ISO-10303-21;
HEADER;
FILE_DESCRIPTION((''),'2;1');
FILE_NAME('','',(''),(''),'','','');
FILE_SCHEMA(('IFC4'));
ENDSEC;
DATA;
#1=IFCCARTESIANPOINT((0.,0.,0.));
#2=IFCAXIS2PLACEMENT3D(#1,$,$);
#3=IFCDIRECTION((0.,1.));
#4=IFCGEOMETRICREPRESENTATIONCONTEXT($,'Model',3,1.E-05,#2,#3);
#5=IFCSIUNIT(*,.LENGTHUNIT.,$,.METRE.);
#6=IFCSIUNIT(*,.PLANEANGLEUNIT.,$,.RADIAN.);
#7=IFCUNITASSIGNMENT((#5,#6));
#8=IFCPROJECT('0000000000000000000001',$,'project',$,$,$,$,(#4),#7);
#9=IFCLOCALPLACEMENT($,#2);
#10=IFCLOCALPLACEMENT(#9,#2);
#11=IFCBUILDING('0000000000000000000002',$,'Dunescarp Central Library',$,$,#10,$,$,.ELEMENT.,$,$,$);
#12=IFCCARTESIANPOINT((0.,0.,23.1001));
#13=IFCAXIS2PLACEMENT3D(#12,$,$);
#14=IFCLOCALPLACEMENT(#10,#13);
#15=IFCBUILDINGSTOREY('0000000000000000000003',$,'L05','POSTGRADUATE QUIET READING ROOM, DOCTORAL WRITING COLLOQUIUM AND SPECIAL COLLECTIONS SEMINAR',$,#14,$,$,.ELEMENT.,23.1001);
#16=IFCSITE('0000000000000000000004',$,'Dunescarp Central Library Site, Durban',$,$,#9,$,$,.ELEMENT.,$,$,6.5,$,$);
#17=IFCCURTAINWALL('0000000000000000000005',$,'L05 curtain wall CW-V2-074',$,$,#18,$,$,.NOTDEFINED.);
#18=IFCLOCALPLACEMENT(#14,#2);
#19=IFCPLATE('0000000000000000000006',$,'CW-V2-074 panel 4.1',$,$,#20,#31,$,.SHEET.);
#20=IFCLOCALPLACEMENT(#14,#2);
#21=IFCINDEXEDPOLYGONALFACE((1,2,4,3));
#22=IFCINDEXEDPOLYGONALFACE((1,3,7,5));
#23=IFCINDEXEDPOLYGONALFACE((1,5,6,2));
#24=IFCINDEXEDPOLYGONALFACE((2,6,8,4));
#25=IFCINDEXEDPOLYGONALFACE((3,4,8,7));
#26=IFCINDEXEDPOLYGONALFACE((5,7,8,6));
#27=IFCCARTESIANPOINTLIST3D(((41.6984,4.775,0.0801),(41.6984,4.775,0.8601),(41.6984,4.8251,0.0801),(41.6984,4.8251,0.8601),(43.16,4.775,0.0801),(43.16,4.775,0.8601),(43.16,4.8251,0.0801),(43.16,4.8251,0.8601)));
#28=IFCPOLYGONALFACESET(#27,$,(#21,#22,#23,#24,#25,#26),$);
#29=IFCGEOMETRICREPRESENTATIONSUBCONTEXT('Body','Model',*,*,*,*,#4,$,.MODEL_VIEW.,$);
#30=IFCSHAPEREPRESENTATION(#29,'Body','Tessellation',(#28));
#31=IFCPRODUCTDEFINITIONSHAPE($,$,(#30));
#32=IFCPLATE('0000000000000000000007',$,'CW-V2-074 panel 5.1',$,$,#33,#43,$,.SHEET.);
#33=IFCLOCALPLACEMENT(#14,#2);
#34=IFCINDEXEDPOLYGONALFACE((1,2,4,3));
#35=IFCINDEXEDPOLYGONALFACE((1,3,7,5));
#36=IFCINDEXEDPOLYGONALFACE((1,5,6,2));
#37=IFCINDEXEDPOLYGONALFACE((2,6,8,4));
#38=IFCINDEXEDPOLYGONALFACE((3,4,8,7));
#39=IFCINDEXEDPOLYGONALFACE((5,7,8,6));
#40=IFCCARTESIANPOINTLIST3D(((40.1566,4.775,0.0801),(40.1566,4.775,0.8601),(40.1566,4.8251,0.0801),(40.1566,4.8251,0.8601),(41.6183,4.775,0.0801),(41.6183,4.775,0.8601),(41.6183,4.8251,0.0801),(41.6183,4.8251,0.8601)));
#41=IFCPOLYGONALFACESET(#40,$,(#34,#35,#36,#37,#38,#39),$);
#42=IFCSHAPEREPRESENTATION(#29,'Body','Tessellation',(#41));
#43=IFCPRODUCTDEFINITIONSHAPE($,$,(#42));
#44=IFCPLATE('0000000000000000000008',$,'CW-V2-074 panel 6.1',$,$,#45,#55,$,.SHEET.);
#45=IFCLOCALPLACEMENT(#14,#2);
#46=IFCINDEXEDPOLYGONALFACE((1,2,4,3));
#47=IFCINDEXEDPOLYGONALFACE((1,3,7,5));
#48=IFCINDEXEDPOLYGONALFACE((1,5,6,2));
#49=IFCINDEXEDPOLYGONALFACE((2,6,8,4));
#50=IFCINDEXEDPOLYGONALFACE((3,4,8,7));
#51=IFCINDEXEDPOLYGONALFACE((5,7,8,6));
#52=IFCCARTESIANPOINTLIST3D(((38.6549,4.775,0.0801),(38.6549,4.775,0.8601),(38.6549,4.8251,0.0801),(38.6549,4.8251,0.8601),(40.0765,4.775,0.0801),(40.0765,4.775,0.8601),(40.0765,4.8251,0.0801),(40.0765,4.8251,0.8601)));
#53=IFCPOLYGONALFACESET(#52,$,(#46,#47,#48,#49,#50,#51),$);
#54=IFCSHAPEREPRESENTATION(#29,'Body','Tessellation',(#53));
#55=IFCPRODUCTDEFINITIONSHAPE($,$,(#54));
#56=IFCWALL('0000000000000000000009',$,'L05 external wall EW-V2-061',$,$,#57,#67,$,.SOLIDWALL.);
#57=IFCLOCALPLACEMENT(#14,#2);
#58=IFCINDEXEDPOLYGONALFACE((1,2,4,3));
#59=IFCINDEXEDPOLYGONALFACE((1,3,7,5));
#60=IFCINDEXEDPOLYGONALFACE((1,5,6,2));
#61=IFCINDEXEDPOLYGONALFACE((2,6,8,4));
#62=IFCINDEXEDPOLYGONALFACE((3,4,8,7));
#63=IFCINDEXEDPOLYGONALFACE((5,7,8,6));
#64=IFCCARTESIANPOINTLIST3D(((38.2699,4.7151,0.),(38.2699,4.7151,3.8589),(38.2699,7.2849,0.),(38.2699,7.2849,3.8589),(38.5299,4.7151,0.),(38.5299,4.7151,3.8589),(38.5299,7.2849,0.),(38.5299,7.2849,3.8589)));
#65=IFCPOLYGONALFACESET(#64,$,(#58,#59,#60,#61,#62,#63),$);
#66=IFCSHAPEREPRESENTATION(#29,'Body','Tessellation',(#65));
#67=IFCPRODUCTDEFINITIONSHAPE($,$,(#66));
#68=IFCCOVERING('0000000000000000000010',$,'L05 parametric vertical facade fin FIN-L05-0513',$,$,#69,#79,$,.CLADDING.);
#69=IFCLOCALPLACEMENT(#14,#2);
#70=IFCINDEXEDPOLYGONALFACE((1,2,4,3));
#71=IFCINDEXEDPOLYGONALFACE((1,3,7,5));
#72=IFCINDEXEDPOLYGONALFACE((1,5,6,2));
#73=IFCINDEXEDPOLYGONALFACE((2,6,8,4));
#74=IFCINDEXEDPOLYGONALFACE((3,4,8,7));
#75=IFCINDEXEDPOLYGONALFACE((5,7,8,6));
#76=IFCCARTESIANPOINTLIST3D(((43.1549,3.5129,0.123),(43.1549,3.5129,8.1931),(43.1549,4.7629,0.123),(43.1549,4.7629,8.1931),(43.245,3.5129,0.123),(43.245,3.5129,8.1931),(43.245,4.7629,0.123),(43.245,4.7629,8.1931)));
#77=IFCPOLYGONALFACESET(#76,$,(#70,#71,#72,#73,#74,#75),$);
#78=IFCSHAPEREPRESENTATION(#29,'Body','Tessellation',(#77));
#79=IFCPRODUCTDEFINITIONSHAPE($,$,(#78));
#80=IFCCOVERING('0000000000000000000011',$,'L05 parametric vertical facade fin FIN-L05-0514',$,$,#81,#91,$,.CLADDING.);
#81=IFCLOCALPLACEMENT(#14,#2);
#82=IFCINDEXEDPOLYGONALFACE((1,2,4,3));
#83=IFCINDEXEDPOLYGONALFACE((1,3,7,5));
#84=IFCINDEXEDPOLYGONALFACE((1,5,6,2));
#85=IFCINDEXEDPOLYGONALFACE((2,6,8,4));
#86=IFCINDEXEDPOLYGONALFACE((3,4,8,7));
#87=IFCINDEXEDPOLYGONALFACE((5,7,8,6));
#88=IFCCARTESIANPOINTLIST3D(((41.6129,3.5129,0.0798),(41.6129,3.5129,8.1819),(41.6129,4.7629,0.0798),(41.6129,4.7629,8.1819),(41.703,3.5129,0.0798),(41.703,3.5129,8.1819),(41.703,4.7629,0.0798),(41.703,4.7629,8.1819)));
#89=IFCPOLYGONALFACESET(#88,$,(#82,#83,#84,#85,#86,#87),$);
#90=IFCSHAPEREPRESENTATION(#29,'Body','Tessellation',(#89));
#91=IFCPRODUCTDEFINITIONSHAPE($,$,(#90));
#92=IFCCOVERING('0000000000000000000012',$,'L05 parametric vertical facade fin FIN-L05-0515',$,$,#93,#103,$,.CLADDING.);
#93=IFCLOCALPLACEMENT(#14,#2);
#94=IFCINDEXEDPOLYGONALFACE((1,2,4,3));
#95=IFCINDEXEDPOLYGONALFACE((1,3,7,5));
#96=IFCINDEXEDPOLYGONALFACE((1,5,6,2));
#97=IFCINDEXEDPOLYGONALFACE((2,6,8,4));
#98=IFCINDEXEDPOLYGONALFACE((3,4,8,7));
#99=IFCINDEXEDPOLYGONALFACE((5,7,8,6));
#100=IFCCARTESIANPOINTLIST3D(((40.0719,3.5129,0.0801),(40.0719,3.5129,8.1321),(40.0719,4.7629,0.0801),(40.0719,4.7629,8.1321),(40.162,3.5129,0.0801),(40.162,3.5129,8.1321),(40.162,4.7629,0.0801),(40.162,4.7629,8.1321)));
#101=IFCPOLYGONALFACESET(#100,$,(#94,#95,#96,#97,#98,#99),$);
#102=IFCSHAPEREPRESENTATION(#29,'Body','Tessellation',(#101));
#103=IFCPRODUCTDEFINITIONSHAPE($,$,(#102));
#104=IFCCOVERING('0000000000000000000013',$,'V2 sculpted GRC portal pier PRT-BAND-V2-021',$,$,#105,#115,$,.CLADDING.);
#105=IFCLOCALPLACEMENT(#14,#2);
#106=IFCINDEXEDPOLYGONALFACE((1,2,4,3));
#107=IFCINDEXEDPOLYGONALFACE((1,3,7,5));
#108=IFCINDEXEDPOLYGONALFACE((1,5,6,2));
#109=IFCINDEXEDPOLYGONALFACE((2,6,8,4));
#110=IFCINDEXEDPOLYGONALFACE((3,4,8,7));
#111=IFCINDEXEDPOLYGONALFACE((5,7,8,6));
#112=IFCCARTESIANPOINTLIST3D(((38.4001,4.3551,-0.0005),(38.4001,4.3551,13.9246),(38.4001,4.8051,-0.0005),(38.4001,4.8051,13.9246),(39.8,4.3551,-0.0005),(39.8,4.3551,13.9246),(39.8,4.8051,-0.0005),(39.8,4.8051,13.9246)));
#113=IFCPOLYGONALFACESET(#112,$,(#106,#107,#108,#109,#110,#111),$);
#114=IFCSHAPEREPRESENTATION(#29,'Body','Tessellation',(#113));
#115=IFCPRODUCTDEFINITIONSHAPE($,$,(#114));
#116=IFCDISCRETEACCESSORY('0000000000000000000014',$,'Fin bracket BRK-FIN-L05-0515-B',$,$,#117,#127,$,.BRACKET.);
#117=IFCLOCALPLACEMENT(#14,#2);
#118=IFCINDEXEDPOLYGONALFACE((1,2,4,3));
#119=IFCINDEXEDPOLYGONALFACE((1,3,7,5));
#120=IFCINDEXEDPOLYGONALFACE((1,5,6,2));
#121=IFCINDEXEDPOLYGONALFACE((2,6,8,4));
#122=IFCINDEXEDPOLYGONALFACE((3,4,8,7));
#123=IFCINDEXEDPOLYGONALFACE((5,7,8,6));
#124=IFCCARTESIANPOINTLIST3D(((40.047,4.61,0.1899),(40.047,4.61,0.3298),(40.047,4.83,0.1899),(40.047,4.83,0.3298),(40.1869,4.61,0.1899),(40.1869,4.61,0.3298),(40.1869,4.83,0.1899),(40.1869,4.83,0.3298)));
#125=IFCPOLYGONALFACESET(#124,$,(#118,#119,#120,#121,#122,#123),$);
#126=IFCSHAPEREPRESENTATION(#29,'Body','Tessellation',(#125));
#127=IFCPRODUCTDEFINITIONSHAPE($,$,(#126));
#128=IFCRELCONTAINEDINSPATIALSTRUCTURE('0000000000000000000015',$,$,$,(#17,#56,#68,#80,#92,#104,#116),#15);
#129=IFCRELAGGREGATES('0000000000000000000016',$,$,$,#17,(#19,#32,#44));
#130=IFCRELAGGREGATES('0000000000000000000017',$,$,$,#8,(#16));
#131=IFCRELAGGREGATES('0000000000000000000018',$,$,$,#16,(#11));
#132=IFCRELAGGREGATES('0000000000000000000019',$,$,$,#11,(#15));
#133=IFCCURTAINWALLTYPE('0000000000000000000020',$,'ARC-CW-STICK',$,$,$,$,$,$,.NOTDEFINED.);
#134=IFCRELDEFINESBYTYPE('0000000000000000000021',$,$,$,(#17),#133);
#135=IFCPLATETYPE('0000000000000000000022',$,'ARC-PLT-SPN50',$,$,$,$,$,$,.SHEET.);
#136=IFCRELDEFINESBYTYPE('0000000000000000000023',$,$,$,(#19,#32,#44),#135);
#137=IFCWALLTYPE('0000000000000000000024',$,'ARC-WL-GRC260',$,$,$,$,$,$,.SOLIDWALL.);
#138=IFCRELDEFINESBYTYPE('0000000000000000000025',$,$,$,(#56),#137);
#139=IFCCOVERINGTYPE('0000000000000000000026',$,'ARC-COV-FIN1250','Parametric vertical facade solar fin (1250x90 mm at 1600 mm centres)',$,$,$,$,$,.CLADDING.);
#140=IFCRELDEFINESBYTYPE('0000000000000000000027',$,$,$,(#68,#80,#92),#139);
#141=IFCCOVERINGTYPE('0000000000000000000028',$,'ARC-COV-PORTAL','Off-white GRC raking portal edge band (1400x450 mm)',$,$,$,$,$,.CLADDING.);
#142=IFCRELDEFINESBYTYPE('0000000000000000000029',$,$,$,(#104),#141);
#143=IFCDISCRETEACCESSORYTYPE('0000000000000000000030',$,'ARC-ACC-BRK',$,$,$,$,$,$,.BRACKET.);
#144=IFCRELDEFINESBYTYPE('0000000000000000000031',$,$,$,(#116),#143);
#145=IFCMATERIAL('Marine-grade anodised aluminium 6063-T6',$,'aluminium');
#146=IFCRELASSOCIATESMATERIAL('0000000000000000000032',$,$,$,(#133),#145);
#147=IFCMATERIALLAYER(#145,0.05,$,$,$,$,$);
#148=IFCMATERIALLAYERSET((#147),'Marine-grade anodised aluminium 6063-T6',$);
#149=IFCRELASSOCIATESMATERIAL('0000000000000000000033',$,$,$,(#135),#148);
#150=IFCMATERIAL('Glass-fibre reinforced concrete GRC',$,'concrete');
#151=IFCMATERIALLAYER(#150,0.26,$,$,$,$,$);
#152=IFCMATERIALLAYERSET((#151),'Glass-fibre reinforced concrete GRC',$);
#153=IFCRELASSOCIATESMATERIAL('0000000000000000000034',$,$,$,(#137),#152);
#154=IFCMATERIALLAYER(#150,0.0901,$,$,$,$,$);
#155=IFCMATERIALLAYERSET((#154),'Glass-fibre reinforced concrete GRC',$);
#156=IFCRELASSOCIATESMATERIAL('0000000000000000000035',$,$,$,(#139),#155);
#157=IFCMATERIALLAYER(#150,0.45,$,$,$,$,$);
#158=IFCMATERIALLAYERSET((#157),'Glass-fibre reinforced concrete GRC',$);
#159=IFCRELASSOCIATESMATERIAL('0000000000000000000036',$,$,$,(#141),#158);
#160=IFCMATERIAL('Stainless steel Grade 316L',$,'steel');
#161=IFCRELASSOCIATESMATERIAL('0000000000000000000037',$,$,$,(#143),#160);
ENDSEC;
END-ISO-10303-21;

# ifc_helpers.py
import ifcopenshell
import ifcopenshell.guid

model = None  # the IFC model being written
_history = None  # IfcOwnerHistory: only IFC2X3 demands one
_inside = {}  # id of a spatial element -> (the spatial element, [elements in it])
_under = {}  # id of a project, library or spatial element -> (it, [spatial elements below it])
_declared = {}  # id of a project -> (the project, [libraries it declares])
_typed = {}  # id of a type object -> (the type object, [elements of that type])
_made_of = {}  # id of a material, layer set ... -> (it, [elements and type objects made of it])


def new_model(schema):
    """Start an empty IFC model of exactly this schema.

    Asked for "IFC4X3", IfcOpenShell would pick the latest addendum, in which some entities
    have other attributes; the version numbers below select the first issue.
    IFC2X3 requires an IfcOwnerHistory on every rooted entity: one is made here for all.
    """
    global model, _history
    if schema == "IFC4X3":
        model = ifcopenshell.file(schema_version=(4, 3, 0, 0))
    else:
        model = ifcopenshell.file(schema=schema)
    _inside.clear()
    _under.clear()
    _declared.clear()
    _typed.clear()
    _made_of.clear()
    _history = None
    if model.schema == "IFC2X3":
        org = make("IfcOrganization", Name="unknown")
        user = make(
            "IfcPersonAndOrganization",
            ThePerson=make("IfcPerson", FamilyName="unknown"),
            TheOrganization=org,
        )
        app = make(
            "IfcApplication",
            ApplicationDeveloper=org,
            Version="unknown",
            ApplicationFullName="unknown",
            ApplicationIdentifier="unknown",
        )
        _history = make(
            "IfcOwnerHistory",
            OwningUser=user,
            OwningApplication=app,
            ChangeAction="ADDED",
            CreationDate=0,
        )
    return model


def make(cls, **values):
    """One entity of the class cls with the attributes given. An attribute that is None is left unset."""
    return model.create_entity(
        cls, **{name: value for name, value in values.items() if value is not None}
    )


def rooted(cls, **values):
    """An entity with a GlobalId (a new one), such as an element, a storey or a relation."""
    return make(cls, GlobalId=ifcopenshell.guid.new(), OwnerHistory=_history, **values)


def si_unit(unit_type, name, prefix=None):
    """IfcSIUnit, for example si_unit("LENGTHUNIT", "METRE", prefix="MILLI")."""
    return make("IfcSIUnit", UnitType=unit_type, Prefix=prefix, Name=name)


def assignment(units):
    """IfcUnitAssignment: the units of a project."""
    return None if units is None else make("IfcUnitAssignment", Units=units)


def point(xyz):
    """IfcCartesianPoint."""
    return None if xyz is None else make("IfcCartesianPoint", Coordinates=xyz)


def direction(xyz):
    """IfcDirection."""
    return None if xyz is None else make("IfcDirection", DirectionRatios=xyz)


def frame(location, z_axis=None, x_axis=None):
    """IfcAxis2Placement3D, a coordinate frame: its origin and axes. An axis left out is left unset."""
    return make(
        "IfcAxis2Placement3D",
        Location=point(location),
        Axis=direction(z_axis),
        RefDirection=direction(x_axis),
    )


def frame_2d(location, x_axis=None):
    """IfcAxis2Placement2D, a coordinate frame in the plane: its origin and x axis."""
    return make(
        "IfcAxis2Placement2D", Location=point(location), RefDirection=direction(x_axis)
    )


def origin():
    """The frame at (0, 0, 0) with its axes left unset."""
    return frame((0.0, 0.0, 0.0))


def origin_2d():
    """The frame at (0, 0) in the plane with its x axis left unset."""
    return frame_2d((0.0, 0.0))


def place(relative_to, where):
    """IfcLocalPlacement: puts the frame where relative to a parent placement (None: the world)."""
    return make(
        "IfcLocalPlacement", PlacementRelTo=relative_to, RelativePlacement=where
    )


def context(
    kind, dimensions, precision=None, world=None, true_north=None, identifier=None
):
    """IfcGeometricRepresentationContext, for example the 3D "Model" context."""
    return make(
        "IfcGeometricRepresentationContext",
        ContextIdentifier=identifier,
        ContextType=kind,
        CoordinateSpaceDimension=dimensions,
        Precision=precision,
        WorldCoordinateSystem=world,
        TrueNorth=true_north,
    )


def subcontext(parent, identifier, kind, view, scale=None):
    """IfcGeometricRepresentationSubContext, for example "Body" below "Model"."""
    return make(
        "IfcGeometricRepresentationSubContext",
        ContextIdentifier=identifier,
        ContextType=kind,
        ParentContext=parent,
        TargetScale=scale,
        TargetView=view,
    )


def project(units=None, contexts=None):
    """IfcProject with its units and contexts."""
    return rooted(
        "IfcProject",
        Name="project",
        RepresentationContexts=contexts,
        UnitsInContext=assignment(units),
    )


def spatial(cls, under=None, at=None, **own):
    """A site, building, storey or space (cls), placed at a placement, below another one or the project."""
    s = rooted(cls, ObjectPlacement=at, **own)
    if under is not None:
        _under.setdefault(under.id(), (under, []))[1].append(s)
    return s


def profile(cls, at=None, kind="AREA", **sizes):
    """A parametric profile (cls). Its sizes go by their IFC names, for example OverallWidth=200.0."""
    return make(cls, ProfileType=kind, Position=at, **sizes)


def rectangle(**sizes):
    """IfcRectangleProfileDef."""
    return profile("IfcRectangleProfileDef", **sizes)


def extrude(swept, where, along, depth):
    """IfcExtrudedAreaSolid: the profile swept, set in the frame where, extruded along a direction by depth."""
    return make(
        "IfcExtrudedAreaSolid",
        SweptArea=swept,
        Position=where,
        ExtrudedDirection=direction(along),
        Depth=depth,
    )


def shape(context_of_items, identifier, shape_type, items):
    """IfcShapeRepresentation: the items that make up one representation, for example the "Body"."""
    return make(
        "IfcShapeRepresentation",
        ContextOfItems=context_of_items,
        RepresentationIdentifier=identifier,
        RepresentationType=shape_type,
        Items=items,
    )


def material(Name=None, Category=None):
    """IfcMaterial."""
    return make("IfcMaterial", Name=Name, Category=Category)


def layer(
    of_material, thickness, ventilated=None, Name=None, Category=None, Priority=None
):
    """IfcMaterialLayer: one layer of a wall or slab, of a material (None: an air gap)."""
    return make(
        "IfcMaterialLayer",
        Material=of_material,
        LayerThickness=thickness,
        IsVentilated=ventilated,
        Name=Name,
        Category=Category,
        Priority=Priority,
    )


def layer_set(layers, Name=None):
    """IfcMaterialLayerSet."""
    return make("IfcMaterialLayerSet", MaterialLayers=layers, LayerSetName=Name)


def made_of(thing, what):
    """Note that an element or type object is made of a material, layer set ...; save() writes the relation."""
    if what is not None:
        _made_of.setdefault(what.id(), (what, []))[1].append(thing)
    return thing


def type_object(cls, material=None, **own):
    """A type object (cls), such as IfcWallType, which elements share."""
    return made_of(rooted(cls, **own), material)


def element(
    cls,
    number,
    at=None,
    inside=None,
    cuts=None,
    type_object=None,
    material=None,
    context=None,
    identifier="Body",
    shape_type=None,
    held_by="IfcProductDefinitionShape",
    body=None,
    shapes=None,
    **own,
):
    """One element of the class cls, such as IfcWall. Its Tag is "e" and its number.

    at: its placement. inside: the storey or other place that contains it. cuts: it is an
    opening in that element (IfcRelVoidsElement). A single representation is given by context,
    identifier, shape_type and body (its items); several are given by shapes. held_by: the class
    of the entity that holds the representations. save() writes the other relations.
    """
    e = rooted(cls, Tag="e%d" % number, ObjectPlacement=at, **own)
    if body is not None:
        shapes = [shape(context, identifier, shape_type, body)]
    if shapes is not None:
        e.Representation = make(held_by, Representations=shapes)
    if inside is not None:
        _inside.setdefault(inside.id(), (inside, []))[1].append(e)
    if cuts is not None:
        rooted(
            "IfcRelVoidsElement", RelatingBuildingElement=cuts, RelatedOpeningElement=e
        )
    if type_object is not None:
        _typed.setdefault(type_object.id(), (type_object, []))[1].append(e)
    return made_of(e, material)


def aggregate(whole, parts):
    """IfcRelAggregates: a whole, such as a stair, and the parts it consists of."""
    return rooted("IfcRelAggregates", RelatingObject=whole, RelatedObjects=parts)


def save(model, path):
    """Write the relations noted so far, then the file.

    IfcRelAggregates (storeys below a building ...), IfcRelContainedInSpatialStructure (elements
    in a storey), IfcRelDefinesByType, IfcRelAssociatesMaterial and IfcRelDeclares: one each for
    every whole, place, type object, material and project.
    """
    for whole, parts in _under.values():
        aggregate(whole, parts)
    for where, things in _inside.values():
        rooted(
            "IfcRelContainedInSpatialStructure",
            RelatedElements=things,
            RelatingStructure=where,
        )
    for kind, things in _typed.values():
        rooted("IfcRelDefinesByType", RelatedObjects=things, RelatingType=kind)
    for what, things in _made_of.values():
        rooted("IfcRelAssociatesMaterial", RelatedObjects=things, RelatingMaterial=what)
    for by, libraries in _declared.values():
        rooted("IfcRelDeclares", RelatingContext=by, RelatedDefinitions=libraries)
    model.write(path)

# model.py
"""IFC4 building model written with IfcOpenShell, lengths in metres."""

from ifc_helpers import new_model, si_unit, direction, frame, frame_2d, origin, origin_2d, place, context, subcontext, project, spatial, rectangle, extrude, material, layer, layer_set, type_object, element, aggregate, save


model = new_model("IFC4")

# Units and contexts
model_context = context("Model", 3, precision=1e-05, world=origin(), true_north=direction((0.0, 1.0)))
body_context = subcontext(model_context, "Body", "Model", "MODEL_VIEW")
ifc_project = project(units=[si_unit("LENGTHUNIT", "METRE"), si_unit("PLANEANGLEUNIT", "RADIAN")], contexts=[model_context])

# Site, building, storey
site_placement = place(None, origin())
site = spatial("IfcSite", under=ifc_project, at=site_placement, Name="Dunescarp Central Library Site, Durban", CompositionType="ELEMENT", RefElevation=6.5)
building_placement = place(site_placement, origin())
building = spatial("IfcBuilding", under=site, at=building_placement, Name="Dunescarp Central Library", CompositionType="ELEMENT")
storey_placement = place(building_placement, frame((0.0, 0.0, 23.1001)))
storey = spatial("IfcBuildingStorey", under=building, at=storey_placement, Name="L05", Description="POSTGRADUATE QUIET READING ROOM, DOCTORAL WRITING COLLOQUIUM AND SPECIAL COLLECTIONS SEMINAR", CompositionType="ELEMENT", Elevation=23.1001)

# Curtain wall
ifc_material_1 = material(Name="Marine-grade anodised aluminium 6063-T6", Category="aluminium")
curtain_wall_type = type_object("IfcCurtainWallType", Name="ARC-CW-STICK", PredefinedType="NOTDEFINED", material=ifc_material_1)
curtain_wall_placement = place(storey_placement, origin())
curtain_wall = element("IfcCurtainWall", 1, at=curtain_wall_placement, inside=storey, type_object=curtain_wall_type, Name="L05 curtain wall CW-V2-074", PredefinedType="NOTDEFINED")

# Plates
ifc_layer_1 = layer(ifc_material_1, 0.05)
ifc_layer_set_1 = layer_set([ifc_layer_1], Name="Marine-grade anodised aluminium 6063-T6")
plate_type = type_object("IfcPlateType", Name="ARC-PLT-SPN50", PredefinedType="SHEET", material=ifc_layer_set_1)
plate_1_placement = place(storey_placement, frame((42.4292, 4.8, 0.0801), z_axis=(0.0, 0.0, 1.0), x_axis=(-1.0, 0.0, 0.0)))
plate_1 = element("IfcPlate", 2, at=plate_1_placement, type_object=plate_type, Name="CW-V2-074 panel 4.1", PredefinedType="SHEET", context=body_context, shape_type="SweptSolid", body=[
    extrude(rectangle(XDim=1.4617, YDim=0.05, at=origin_2d()), origin(), (0.0, 0.0, 1.0), 0.78),
])
plate_2_placement = place(storey_placement, frame((40.8875, 4.8, 0.0801), z_axis=(0.0, 0.0, 1.0), x_axis=(-1.0, 0.0, 0.0)))
plate_2 = element("IfcPlate", 3, at=plate_2_placement, type_object=plate_type, Name="CW-V2-074 panel 5.1", PredefinedType="SHEET", context=body_context, shape_type="SweptSolid", body=[
    extrude(rectangle(XDim=1.4617, YDim=0.05, at=origin_2d()), origin(), (0.0, 0.0, 1.0), 0.78),
])
plate_3_placement = place(storey_placement, frame((39.3657, 4.8, 0.0801), z_axis=(0.0, 0.0, 1.0), x_axis=(-1.0, 0.0, 0.0)))
plate_3 = element("IfcPlate", 4, at=plate_3_placement, type_object=plate_type, Name="CW-V2-074 panel 6.1", PredefinedType="SHEET", context=body_context, shape_type="SweptSolid", body=[
    extrude(rectangle(XDim=1.4216, YDim=0.05, at=origin_2d()), origin(), (0.0, 0.0, 1.0), 0.78),
])
aggregate(curtain_wall, [plate_1, plate_2, plate_3])

# Wall
ifc_material_2 = material(Name="Glass-fibre reinforced concrete GRC", Category="concrete")
ifc_layer_2 = layer(ifc_material_2, 0.26)
ifc_layer_set_2 = layer_set([ifc_layer_2], Name="Glass-fibre reinforced concrete GRC")
wall_type = type_object("IfcWallType", Name="ARC-WL-GRC260", PredefinedType="SOLIDWALL", material=ifc_layer_set_2)
wall_placement = place(storey_placement, frame((38.3999, 4.7151, 0.0), z_axis=(0.0, 0.0, 1.0), x_axis=(0.0, 1.0, 0.0)))
element("IfcWall", 5, at=wall_placement, inside=storey, type_object=wall_type, Name="L05 external wall EW-V2-061", PredefinedType="SOLIDWALL", context=body_context, shape_type="SweptSolid", body=[
    extrude(rectangle(XDim=2.5698, YDim=0.26, at=frame_2d((1.2849, 0.0))), origin(), (0.0, 0.0, 1.0), 3.8589),
])

# Coverings
ifc_layer_3 = layer(ifc_material_2, 0.0901)
ifc_layer_set_3 = layer_set([ifc_layer_3], Name="Glass-fibre reinforced concrete GRC")
covering_type_1 = type_object("IfcCoveringType", Name="ARC-COV-FIN1250", Description="Parametric vertical facade solar fin (1250x90 mm at 1600 mm centres)", PredefinedType="CLADDING", material=ifc_layer_set_3)
covering_1_placement = place(storey_placement, frame((43.2, 4.1379, 0.123), z_axis=(0.0, 0.0, 1.0), x_axis=(0.0, -1.0, 0.0)))
element("IfcCovering", 6, at=covering_1_placement, inside=storey, type_object=covering_type_1, Name="L05 parametric vertical facade fin FIN-L05-0513", PredefinedType="CLADDING", context=body_context, shape_type="SweptSolid", body=[
    extrude(rectangle(XDim=1.25, YDim=0.0901, at=origin_2d()), origin(), (0.0, 0.0, 1.0), 8.0701),
])
covering_2_placement = place(storey_placement, frame((41.658, 4.1379, 0.0798), z_axis=(0.0, 0.0, 1.0), x_axis=(0.0, -1.0, 0.0)))
element("IfcCovering", 7, at=covering_2_placement, inside=storey, type_object=covering_type_1, Name="L05 parametric vertical facade fin FIN-L05-0514", PredefinedType="CLADDING", context=body_context, shape_type="SweptSolid", body=[
    extrude(rectangle(XDim=1.25, YDim=0.0901, at=origin_2d()), origin(), (0.0, 0.0, 1.0), 8.1021),
])
covering_3_placement = place(storey_placement, frame((40.1169, 4.1379, 0.0801), z_axis=(0.0, 0.0, 1.0), x_axis=(0.0, -1.0, 0.0)))
element("IfcCovering", 8, at=covering_3_placement, inside=storey, type_object=covering_type_1, Name="L05 parametric vertical facade fin FIN-L05-0515", PredefinedType="CLADDING", context=body_context, shape_type="SweptSolid", body=[
    extrude(rectangle(XDim=1.25, YDim=0.0901, at=origin_2d()), origin(), (0.0, 0.0, 1.0), 8.052),
])
ifc_layer_4 = layer(ifc_material_2, 0.45)
ifc_layer_set_4 = layer_set([ifc_layer_4], Name="Glass-fibre reinforced concrete GRC")
covering_type_2 = type_object("IfcCoveringType", Name="ARC-COV-PORTAL", Description="Off-white GRC raking portal edge band (1400x450 mm)", PredefinedType="CLADDING", material=ifc_layer_set_4)
covering_4_placement = place(storey_placement, frame((39.1001, 4.5801, -0.0005), z_axis=(0.0, 0.0, 1.0), x_axis=(1.0, 0.0, 0.0)))
element("IfcCovering", 9, at=covering_4_placement, inside=storey, type_object=covering_type_2, Name="V2 sculpted GRC portal pier PRT-BAND-V2-021", PredefinedType="CLADDING", context=body_context, shape_type="SweptSolid", body=[
    extrude(rectangle(XDim=1.3999, YDim=0.45, at=origin_2d()), origin(), (0.0, 0.0, 1.0), 13.925),
])

# Discrete accessory
ifc_material_3 = material(Name="Stainless steel Grade 316L", Category="steel")
discrete_accessory_type = type_object("IfcDiscreteAccessoryType", Name="ARC-ACC-BRK", PredefinedType="BRACKET", material=ifc_material_3)
discrete_accessory_placement = place(storey_placement, frame((40.1169, 4.72, 0.1899), z_axis=(0.0, 0.0, 1.0), x_axis=(0.0, -1.0, 0.0)))
element("IfcDiscreteAccessory", 10, at=discrete_accessory_placement, inside=storey, type_object=discrete_accessory_type, Name="Fin bracket BRK-FIN-L05-0515-B", PredefinedType="BRACKET", context=body_context, shape_type="SweptSolid", body=[
    extrude(rectangle(XDim=0.22, YDim=0.1399, at=origin_2d()), origin(), (0.0, 0.0, 1.0), 0.1399),
])

save(model, "model.ifc")
